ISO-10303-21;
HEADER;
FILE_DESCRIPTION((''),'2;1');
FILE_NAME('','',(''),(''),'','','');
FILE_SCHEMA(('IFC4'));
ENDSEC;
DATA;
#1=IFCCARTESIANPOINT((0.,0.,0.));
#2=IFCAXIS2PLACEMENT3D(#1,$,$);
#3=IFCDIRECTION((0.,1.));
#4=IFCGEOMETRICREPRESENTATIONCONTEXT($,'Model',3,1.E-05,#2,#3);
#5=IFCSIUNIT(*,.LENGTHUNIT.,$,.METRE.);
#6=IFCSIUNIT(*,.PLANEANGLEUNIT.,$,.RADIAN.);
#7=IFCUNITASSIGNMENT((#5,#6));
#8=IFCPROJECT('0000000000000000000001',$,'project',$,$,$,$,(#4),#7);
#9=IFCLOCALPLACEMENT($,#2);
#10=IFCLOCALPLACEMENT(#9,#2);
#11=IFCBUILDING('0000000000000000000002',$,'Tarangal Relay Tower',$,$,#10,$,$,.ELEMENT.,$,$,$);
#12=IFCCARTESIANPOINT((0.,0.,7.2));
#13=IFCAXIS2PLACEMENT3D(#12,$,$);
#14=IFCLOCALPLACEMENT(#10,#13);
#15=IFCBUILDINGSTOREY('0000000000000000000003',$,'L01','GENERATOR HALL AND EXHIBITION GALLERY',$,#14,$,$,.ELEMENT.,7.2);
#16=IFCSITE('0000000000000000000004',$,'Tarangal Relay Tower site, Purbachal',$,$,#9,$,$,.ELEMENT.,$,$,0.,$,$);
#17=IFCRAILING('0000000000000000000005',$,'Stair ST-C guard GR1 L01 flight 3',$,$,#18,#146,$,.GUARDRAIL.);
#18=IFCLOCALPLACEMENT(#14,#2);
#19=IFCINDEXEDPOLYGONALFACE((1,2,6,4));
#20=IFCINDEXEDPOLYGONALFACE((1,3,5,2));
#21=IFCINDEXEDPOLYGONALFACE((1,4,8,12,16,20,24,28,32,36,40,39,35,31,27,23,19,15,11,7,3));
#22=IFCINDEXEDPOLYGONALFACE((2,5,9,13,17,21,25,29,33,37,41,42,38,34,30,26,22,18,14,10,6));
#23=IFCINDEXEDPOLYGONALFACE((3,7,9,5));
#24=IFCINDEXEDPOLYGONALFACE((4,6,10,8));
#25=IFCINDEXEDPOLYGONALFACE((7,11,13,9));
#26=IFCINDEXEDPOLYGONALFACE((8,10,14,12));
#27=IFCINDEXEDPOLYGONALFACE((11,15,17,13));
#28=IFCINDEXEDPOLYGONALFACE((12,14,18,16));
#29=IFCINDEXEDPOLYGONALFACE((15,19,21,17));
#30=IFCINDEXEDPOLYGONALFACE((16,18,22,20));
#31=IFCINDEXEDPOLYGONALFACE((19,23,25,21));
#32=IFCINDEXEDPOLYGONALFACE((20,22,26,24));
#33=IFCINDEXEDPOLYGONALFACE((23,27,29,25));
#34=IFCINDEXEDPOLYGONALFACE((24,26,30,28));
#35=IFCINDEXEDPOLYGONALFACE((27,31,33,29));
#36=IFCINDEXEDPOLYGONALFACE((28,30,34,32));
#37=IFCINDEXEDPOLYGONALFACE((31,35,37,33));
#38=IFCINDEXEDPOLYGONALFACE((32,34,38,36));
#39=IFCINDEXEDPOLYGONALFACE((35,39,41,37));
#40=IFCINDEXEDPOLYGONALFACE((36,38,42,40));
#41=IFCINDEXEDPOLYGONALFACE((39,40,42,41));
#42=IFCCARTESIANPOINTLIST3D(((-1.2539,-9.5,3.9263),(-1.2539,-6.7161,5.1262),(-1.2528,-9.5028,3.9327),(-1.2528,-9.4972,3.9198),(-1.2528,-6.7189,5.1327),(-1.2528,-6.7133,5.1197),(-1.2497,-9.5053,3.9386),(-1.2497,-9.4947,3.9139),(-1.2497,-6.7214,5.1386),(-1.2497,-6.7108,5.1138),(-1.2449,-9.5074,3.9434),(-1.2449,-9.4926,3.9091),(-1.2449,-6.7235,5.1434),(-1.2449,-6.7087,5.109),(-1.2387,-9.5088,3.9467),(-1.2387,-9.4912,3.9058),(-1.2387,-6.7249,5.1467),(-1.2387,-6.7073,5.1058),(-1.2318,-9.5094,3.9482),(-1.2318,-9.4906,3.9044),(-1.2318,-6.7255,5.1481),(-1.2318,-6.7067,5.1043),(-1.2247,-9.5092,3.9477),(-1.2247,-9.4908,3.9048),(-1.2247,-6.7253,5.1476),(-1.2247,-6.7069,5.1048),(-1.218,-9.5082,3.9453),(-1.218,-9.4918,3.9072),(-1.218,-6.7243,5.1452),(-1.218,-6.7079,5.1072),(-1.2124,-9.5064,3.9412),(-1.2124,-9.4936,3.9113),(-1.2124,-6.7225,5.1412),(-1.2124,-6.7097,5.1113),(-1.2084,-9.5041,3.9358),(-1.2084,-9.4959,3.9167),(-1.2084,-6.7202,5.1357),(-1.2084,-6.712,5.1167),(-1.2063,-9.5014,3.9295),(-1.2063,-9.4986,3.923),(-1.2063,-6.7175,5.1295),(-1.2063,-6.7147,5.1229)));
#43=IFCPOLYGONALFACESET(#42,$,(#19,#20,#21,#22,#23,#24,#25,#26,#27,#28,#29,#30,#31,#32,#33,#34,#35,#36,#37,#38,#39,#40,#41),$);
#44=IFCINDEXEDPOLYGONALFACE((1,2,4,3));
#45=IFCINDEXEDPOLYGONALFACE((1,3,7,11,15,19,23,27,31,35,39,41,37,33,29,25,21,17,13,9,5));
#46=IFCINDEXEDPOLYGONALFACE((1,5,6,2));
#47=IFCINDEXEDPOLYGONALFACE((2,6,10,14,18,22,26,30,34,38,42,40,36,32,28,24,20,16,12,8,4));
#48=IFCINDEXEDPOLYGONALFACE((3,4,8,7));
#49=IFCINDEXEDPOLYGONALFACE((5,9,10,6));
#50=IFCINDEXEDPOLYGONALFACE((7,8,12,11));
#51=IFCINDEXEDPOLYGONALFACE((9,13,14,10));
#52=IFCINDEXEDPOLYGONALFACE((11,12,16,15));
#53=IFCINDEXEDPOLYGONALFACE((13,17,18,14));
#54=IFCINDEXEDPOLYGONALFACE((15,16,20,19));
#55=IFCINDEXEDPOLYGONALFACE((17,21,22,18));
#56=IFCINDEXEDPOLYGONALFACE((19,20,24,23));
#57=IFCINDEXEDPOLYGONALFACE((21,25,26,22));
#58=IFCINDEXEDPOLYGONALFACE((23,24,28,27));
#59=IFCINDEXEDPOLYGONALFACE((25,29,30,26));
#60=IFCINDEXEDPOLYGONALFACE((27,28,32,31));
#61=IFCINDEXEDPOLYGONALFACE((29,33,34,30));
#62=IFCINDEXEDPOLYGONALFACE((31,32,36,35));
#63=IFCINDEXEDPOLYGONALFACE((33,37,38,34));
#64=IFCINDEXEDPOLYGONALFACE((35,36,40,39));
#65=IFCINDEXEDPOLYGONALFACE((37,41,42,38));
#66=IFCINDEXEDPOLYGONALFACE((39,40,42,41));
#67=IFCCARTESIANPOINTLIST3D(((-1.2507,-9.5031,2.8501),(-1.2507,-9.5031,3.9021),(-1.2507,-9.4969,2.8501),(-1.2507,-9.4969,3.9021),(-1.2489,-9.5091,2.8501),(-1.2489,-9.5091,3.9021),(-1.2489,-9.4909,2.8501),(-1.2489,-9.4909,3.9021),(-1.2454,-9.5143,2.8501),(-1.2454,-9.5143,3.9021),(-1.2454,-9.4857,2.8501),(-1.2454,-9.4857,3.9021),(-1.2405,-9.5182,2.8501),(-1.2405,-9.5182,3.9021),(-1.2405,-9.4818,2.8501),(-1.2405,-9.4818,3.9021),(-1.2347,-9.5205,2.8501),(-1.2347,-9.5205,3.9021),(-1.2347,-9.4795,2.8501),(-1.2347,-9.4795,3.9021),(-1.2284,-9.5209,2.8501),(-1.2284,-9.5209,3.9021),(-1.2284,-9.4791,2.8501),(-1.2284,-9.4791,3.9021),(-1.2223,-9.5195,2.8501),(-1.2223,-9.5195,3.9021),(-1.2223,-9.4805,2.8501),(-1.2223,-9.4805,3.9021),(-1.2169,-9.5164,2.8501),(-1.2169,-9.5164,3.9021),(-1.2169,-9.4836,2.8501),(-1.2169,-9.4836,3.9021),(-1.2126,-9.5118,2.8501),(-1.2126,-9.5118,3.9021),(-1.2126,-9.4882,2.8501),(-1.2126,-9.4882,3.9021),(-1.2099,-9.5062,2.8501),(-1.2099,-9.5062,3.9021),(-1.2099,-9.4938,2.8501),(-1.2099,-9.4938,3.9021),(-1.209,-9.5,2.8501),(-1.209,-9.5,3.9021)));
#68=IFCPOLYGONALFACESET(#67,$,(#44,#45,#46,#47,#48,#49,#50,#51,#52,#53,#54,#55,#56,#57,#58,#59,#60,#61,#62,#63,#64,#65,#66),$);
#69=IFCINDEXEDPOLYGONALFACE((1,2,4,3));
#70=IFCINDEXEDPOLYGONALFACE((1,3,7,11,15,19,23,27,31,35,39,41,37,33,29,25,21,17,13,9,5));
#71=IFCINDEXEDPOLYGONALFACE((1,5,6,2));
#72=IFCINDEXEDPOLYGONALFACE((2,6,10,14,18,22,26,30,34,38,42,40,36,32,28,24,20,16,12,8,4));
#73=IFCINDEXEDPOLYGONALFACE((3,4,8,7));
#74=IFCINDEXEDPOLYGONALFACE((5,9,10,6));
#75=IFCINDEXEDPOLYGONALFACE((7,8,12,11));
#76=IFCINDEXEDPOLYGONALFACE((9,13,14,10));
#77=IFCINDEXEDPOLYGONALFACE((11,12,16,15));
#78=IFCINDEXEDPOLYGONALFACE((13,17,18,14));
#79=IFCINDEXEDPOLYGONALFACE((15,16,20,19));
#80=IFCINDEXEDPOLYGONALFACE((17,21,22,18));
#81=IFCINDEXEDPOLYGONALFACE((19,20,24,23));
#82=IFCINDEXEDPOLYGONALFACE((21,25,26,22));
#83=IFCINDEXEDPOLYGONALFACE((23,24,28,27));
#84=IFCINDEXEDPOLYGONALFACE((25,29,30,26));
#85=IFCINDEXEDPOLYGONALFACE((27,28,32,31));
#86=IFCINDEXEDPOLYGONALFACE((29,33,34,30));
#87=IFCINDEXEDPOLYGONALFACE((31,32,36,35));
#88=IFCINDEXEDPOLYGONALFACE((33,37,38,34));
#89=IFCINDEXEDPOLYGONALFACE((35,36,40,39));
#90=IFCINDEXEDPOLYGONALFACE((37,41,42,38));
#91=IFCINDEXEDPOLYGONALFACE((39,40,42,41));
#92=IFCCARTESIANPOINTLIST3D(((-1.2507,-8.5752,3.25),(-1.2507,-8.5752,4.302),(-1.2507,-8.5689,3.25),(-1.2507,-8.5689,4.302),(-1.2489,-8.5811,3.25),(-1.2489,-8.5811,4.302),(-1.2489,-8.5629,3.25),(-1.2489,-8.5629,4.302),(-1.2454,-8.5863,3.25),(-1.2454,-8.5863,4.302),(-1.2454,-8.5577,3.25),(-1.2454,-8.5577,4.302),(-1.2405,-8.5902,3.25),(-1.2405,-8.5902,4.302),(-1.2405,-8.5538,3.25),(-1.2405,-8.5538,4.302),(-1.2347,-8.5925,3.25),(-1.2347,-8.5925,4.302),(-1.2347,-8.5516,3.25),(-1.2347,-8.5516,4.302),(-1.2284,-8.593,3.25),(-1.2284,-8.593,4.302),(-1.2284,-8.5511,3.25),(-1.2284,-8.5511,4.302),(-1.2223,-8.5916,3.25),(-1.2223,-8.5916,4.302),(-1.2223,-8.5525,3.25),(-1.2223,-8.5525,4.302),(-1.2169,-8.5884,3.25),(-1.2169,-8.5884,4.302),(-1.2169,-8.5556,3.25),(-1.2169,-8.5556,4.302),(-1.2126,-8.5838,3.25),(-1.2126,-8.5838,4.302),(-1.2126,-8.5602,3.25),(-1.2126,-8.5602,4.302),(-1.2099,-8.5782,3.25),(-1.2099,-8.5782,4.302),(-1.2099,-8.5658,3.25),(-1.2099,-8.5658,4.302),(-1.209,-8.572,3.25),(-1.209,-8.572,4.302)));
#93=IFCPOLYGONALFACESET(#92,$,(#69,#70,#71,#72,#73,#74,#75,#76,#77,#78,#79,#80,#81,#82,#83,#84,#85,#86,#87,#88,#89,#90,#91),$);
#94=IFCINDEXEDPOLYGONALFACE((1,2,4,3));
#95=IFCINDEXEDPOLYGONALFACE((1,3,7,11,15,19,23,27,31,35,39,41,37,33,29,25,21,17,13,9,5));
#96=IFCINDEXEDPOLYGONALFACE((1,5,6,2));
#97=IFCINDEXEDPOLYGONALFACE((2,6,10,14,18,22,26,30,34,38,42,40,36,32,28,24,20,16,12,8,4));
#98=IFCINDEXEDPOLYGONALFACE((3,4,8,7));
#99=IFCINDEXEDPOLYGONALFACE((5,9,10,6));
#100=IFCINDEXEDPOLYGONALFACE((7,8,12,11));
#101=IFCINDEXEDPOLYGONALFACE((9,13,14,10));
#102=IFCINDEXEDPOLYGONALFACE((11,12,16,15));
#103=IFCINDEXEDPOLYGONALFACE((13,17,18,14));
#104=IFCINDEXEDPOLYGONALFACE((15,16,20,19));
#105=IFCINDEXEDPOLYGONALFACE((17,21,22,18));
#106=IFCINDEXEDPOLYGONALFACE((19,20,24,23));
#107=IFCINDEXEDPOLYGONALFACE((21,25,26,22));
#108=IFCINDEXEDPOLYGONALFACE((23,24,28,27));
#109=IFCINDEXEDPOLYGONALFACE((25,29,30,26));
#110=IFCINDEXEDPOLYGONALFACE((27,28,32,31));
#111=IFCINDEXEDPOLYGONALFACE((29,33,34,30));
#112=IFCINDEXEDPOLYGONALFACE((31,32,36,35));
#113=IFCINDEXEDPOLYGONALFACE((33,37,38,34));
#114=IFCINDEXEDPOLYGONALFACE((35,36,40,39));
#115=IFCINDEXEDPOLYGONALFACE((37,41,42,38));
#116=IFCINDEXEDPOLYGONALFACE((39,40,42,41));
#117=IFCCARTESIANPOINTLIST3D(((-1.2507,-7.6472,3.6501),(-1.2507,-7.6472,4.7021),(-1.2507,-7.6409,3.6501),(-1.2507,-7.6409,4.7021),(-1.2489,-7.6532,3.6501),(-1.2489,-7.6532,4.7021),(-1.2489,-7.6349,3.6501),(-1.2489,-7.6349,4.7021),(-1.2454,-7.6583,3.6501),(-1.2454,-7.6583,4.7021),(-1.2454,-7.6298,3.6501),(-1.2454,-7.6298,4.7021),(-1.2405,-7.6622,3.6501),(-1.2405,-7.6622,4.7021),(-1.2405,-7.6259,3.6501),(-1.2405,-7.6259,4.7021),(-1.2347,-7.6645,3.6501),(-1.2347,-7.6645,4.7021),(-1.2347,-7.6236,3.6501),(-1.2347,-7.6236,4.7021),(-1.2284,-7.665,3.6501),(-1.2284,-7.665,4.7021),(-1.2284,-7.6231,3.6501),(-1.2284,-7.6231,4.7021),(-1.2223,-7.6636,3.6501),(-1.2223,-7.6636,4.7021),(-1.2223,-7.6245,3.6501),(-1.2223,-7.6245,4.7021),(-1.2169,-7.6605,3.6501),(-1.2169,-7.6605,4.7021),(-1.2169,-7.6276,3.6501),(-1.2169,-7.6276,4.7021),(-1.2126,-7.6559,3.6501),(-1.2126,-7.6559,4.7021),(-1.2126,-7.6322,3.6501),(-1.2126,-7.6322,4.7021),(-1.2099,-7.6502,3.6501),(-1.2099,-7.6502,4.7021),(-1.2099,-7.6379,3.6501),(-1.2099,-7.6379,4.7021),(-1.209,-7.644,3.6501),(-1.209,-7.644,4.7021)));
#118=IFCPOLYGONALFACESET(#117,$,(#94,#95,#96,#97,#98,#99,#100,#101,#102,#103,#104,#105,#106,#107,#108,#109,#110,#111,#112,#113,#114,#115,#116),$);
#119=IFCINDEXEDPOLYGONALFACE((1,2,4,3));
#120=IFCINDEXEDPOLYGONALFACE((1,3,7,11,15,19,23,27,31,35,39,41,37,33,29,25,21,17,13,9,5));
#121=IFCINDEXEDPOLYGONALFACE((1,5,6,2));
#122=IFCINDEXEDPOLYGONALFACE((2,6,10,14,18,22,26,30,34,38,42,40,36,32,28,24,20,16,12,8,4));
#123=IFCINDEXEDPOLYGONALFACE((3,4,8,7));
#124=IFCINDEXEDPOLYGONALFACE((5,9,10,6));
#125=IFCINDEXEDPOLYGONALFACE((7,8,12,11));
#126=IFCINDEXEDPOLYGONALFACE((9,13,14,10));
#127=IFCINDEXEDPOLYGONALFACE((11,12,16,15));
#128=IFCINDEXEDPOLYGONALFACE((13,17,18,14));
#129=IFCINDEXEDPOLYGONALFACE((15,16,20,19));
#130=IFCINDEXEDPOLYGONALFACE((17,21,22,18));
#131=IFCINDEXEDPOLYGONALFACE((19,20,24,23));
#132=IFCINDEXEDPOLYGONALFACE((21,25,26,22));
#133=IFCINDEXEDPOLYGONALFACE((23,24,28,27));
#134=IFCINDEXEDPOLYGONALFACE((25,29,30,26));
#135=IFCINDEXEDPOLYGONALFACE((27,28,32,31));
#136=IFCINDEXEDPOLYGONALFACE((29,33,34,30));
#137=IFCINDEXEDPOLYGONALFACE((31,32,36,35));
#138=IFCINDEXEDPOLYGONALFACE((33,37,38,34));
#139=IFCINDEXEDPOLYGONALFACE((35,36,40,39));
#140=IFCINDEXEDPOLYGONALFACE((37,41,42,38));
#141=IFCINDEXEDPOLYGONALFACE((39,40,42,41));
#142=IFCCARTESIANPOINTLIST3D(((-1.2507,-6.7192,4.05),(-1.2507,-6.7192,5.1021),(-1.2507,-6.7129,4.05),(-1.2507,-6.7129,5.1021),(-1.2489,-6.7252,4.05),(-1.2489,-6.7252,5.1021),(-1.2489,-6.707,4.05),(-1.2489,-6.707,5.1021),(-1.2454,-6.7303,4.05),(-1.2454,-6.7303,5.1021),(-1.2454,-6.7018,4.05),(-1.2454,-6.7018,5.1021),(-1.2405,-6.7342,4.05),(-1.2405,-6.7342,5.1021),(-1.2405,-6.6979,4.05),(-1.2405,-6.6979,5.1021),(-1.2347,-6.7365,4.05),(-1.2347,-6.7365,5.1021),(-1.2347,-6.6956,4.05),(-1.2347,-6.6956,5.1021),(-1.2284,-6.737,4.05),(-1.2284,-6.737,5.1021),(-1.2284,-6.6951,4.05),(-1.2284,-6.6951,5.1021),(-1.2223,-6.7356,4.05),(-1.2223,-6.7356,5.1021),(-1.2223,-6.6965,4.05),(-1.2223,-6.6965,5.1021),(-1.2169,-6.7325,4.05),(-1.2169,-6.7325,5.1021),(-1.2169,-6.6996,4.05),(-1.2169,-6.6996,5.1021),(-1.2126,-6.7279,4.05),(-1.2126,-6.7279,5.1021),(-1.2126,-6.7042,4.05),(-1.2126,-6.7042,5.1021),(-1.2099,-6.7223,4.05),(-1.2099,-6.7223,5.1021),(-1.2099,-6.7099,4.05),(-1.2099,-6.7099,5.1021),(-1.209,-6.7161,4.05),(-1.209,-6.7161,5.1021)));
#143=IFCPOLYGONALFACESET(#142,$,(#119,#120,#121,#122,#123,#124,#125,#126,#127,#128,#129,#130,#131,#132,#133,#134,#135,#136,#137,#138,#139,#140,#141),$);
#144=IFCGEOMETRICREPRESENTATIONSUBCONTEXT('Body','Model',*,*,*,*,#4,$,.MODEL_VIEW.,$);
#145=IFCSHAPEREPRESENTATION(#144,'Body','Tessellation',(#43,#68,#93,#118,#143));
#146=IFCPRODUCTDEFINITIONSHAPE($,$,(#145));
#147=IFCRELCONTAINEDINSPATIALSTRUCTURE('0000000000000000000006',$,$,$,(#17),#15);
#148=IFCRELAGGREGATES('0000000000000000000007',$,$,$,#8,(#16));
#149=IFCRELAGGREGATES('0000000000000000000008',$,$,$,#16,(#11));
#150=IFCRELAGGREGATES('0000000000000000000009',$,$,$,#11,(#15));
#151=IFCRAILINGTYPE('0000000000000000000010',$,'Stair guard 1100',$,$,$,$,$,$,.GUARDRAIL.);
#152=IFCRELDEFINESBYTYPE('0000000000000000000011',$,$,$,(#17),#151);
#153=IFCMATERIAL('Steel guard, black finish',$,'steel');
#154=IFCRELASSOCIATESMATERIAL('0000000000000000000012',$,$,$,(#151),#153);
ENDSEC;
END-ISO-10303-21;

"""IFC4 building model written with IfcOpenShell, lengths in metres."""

from ifc_helpers import new_model, si_unit, direction, frame, origin, origin_2d, place, context, subcontext, project, spatial, circle, extrude, material, type_object, element, save


model = new_model("IFC4")

# Units and contexts
model_context = context("Model", 3, precision=1e-05, world=origin(), true_north=direction((0.0, 1.0)))
body_context = subcontext(model_context, "Body", "Model", "MODEL_VIEW")
ifc_project = project(units=[si_unit("LENGTHUNIT", "METRE"), si_unit("PLANEANGLEUNIT", "RADIAN")], contexts=[model_context])

# Site, building, storey
site_placement = place(None, origin())
site = spatial("IfcSite", under=ifc_project, at=site_placement, Name="Tarangal Relay Tower site, Purbachal", CompositionType="ELEMENT", RefElevation=0.0)
building_placement = place(site_placement, origin())
building = spatial("IfcBuilding", under=site, at=building_placement, Name="Tarangal Relay Tower", CompositionType="ELEMENT")
storey_placement = place(building_placement, frame((0.0, 0.0, 7.2)))
storey = spatial("IfcBuildingStorey", under=building, at=storey_placement, Name="L01", Description="GENERATOR HALL AND EXHIBITION GALLERY", CompositionType="ELEMENT", Elevation=7.2)

# Railing
ifc_material_1 = material(Name="Steel guard, black finish", Category="steel")
railing_type_1 = type_object("IfcRailingType", Name="Stair guard 1100", PredefinedType="GUARDRAIL", material=ifc_material_1)
for number, where, name in (
    (1, (-1.23, -9.5, 2.8501), "Stair ST-C guard GR1 L01 flight 3"),
):
    element("IfcRailing", number, at=place(storey_placement, frame(where)), inside=storey, type_object=railing_type_1, Name=name, PredefinedType="GUARDRAIL", context=body_context, shape_type="SweptSolid", body=[
        extrude(circle(Radius=0.0239, at=origin_2d()), frame((0.0, 0.0, 1.0762), z_axis=(0.0, 0.918327, 0.395823), x_axis=(-1.0, 0.0, 0.0)), (0.0, 0.0, 1.0), 3.0315),
        extrude(circle(Radius=0.021, at=origin_2d()), origin(), (0.0, 0.0, 1.0), 1.052),
        extrude(circle(Radius=0.021, at=origin_2d()), frame((0.0, 0.928, 0.3999)), (0.0, 0.0, 1.0), 1.052),
        extrude(circle(Radius=0.021, at=origin_2d()), frame((0.0, 1.856, 0.8)), (0.0, 0.0, 1.0), 1.052),
        extrude(circle(Radius=0.021, at=origin_2d()), frame((0.0, 2.7839, 1.2)), (0.0, 0.0, 1.0), 1.052),
    ])

save(model, "model.ifc")
